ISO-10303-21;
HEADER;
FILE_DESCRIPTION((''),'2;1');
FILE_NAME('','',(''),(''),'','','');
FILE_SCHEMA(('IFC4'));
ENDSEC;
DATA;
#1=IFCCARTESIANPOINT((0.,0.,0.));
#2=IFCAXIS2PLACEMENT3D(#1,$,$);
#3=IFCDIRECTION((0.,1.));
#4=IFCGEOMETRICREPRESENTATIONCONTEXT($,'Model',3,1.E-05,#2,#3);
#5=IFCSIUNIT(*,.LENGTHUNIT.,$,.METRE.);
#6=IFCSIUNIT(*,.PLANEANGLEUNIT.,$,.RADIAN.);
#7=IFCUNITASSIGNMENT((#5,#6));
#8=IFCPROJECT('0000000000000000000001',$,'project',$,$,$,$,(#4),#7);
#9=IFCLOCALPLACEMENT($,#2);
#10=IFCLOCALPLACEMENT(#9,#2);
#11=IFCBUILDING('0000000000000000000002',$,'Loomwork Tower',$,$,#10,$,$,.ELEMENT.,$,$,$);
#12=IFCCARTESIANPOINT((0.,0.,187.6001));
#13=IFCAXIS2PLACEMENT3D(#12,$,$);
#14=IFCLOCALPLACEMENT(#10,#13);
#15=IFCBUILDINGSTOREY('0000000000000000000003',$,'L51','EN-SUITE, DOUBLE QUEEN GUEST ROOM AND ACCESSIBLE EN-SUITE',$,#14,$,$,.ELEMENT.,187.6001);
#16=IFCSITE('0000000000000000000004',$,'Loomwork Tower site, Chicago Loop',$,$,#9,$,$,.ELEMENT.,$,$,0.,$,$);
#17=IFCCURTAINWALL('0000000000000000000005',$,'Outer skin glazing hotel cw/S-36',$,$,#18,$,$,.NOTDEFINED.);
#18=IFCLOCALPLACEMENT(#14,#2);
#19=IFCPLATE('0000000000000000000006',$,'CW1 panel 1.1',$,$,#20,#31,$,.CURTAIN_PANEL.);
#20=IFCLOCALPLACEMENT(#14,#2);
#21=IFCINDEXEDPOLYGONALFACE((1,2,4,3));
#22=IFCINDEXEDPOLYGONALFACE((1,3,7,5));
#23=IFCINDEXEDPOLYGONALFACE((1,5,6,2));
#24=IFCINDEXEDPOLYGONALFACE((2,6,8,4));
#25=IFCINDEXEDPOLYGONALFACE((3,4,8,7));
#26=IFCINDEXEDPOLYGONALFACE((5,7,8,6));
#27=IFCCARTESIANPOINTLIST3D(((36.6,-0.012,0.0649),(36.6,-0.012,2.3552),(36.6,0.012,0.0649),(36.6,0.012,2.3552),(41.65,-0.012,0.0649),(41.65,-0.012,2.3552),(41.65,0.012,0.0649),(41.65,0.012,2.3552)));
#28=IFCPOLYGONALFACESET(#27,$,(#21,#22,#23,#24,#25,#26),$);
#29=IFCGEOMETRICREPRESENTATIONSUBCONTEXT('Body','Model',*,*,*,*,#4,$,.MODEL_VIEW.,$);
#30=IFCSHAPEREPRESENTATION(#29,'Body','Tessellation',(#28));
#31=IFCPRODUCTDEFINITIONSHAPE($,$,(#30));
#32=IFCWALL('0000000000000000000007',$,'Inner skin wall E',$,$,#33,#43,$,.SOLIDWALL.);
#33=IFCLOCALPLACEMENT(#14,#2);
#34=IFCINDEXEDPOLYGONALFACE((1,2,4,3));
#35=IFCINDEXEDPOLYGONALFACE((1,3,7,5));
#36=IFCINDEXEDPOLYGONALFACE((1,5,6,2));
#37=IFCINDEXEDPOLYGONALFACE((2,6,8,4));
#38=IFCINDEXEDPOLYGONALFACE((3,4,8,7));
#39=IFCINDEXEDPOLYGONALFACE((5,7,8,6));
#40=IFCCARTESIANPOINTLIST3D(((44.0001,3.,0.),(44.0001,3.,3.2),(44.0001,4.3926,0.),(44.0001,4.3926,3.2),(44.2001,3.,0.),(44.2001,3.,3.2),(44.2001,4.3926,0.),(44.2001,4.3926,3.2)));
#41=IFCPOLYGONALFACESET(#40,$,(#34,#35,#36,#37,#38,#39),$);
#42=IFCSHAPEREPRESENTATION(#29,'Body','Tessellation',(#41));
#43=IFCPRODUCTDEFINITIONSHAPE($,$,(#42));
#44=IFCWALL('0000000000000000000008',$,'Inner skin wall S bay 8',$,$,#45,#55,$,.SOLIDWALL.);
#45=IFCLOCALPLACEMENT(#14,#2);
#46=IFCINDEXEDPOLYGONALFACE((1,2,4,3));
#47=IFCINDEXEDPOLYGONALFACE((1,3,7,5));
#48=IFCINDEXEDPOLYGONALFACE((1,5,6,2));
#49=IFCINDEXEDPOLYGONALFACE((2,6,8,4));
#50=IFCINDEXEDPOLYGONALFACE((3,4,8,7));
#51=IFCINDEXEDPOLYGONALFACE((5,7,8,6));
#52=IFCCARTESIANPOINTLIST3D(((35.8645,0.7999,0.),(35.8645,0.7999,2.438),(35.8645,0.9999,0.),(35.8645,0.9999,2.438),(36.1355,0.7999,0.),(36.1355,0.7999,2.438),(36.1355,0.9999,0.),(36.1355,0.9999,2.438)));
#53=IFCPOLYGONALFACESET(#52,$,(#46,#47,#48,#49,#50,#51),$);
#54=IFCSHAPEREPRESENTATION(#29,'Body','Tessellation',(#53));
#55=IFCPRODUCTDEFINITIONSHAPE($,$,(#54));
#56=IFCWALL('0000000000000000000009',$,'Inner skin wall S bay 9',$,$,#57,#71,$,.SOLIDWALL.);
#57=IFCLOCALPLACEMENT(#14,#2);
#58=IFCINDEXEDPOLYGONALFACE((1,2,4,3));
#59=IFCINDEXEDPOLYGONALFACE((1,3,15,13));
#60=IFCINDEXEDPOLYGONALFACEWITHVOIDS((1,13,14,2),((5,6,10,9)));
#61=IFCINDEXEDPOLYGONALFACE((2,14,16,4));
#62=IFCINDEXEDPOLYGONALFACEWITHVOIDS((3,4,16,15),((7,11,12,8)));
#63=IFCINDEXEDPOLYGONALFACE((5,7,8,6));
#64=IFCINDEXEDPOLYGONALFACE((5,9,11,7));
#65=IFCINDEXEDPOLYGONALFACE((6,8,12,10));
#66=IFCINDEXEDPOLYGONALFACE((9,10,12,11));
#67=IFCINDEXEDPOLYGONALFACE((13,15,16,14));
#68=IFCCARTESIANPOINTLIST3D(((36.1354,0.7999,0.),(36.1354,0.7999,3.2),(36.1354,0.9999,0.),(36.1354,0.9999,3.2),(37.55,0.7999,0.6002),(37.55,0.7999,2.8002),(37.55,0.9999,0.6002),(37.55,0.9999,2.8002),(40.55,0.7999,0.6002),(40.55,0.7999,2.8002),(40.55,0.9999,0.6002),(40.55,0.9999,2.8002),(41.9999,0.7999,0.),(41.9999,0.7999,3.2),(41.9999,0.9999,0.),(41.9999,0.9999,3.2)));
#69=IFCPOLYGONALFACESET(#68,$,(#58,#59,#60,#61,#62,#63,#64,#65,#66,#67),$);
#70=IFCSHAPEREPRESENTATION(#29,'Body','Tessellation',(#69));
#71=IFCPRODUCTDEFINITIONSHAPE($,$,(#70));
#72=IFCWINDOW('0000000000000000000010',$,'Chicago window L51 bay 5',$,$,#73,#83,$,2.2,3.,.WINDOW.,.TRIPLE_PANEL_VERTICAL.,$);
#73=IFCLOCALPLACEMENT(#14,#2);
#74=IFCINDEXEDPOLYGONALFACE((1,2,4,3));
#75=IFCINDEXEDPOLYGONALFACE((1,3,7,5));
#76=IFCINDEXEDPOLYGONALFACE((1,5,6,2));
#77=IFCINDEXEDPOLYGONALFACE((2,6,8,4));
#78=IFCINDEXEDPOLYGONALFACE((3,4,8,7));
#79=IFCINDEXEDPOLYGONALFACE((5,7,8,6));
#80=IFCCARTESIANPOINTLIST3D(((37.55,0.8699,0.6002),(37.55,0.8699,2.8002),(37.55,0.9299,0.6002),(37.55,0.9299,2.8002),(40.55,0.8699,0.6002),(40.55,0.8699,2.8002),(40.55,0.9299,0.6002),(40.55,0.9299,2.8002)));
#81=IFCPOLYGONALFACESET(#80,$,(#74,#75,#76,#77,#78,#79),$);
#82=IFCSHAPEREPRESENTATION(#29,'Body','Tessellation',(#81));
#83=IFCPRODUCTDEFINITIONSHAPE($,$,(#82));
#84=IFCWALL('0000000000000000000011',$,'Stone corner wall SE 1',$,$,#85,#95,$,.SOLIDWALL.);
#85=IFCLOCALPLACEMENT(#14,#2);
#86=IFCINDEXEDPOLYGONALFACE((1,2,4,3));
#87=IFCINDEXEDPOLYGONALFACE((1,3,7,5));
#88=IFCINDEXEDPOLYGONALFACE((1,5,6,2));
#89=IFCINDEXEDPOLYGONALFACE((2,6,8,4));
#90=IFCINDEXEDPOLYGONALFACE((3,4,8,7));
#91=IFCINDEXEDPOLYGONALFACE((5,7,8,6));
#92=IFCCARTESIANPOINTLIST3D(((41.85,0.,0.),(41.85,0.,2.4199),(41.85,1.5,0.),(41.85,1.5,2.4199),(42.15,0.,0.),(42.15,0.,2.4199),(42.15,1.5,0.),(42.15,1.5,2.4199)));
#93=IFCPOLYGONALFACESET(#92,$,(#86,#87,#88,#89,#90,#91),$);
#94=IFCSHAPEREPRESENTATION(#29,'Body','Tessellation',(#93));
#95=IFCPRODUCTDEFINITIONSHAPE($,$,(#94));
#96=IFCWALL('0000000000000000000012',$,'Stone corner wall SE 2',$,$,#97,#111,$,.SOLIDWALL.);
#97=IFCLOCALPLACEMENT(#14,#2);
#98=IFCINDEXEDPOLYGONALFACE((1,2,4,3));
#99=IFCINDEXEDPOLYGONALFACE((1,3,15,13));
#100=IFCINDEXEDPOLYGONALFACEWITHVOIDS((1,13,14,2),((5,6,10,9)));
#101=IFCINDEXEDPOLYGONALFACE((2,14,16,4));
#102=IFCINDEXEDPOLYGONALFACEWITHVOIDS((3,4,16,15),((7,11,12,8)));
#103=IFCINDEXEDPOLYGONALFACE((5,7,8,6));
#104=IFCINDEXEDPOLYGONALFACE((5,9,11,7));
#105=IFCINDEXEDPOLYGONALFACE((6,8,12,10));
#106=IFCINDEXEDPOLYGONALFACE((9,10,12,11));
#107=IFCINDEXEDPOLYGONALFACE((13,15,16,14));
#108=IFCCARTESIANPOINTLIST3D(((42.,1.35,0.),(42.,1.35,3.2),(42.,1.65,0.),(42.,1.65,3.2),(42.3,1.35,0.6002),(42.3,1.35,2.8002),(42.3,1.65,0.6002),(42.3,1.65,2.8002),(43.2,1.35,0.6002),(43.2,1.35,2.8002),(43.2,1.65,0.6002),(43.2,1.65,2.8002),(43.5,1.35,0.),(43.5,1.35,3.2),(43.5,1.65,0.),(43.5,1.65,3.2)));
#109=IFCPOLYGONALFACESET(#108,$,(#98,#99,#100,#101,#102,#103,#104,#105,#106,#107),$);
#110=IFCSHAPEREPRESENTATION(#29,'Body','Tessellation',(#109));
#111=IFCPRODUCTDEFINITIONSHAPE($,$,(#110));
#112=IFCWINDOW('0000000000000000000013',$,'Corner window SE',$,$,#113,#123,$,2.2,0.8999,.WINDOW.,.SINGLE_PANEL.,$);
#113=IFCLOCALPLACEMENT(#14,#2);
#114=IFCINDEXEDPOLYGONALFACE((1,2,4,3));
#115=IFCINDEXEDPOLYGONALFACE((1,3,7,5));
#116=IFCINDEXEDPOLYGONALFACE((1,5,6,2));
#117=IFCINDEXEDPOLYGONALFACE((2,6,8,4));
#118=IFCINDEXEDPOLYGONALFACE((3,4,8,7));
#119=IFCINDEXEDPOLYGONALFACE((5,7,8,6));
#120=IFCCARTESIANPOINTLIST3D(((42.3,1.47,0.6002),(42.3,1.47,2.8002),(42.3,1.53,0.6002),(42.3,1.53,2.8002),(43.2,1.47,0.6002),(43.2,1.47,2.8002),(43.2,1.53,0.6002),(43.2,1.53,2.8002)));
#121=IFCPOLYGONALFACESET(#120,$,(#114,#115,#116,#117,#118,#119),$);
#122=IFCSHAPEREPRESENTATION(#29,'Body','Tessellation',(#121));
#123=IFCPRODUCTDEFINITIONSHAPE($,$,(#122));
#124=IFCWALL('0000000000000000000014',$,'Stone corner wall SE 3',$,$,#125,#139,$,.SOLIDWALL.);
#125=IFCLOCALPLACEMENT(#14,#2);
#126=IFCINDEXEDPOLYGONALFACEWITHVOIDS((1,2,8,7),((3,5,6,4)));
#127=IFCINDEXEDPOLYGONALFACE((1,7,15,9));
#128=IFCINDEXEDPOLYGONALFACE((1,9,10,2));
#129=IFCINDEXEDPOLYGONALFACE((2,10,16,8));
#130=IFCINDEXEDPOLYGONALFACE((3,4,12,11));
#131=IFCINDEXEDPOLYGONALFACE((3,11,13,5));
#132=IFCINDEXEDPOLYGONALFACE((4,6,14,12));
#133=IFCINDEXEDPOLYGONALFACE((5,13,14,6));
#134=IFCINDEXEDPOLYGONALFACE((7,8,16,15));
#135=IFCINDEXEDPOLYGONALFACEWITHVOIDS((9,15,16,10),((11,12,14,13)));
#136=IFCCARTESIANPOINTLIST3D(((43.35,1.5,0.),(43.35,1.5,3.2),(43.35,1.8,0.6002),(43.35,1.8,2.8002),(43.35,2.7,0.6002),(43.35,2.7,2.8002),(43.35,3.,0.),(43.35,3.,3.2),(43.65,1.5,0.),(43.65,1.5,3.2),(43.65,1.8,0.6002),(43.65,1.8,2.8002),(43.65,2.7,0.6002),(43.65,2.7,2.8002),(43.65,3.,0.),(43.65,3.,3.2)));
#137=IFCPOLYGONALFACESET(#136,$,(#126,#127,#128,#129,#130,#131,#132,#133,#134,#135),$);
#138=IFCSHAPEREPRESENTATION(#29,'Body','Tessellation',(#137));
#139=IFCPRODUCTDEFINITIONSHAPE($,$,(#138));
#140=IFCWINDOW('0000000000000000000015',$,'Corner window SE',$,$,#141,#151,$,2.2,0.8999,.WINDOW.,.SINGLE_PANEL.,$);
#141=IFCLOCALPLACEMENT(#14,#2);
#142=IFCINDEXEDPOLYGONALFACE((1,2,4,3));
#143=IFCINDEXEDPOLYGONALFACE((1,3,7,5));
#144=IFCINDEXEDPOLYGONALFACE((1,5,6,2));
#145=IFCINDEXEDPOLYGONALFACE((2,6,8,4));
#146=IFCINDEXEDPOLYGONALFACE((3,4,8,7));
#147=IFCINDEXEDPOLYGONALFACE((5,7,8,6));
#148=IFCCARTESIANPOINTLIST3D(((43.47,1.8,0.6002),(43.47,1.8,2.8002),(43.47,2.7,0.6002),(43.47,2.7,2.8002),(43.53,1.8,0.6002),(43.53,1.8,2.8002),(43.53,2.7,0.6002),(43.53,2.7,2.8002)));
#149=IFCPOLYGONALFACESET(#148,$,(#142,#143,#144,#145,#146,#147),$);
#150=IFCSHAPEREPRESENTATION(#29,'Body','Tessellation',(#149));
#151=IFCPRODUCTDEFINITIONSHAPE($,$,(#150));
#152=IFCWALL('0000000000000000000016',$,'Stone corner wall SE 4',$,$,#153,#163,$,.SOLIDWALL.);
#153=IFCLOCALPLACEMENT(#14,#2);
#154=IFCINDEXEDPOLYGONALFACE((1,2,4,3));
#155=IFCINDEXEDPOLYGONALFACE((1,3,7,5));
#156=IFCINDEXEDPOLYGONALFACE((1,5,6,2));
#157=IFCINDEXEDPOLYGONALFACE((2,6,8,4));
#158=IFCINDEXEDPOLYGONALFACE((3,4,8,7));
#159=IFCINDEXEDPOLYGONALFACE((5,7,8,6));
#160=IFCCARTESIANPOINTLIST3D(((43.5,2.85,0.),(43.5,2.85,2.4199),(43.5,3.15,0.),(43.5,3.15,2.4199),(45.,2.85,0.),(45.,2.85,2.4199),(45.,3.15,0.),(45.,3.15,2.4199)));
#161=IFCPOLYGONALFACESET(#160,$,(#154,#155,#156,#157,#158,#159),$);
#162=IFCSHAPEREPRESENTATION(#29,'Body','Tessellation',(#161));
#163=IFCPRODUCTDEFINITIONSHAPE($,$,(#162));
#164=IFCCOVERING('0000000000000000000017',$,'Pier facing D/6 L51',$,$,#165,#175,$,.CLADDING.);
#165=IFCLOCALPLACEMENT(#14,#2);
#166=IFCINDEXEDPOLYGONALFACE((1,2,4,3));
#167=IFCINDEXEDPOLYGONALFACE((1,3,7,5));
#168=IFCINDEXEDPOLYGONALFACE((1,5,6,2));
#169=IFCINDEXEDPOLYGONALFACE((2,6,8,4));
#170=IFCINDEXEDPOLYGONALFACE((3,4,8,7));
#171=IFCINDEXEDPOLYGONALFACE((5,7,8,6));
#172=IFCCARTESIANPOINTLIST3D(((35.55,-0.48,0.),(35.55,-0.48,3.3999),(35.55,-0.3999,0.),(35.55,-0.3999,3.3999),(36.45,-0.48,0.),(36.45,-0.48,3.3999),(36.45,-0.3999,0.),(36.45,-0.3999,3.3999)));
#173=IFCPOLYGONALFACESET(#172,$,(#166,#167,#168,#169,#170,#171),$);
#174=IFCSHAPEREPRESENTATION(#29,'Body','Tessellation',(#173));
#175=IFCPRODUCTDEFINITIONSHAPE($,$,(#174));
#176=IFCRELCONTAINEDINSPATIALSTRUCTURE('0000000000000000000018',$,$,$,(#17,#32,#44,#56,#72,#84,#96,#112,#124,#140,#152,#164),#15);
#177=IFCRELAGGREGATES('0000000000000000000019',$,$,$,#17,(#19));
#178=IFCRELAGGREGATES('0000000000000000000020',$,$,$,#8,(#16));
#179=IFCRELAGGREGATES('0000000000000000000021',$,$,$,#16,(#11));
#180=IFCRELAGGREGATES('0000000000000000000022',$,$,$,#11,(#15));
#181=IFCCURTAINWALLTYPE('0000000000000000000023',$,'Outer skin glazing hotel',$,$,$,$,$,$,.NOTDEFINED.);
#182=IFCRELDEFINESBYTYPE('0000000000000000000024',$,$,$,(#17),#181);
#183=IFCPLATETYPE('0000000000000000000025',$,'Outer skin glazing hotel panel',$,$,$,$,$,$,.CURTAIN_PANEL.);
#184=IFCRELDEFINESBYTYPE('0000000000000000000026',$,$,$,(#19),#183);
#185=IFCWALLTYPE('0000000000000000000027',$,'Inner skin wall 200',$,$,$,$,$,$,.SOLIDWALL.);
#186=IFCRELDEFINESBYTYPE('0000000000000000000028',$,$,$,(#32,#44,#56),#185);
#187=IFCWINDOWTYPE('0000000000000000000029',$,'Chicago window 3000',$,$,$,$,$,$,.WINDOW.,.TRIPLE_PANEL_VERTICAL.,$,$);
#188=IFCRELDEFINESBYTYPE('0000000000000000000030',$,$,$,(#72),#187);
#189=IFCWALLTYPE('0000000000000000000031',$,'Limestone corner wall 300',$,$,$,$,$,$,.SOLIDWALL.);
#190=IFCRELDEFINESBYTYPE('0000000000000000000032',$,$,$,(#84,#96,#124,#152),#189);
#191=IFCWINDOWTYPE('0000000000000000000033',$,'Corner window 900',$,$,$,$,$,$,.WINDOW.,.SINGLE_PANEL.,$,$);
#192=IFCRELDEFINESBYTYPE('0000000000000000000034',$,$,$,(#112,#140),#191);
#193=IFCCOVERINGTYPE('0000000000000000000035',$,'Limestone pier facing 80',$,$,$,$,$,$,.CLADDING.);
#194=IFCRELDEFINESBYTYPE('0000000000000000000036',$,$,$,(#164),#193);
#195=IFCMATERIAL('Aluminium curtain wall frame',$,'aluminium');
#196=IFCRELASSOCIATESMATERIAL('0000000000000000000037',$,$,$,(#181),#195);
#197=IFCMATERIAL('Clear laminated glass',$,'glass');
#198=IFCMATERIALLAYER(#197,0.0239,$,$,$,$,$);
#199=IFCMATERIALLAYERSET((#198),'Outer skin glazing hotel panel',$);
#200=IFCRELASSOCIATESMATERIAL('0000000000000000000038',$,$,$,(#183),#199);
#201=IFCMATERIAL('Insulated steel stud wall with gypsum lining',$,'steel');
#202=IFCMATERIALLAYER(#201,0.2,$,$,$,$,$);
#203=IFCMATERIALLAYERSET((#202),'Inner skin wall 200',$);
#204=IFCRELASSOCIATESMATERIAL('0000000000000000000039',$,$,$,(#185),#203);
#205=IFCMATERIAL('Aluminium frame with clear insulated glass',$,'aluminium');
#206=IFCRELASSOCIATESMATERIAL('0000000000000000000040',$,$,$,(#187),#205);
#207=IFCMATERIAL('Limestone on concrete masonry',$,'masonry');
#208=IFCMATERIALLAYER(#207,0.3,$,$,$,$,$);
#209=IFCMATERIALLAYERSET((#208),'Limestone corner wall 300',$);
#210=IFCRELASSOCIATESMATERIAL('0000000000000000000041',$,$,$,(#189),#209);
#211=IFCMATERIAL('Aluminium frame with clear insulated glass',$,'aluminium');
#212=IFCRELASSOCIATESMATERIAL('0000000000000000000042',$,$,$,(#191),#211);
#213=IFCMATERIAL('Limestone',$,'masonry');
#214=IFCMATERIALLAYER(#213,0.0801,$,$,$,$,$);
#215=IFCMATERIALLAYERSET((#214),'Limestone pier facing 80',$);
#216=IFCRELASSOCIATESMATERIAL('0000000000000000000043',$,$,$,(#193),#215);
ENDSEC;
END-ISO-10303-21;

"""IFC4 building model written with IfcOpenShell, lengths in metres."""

from ifc_helpers import new_model, si_unit, direction, frame, frame_2d, origin, origin_2d, place, context, subcontext, project, spatial, rectangle, extrude, material, layer, layer_set, type_object, element, fill, aggregate, save


model = new_model("IFC4")

# Units and contexts
model_context = context("Model", 3, precision=1e-05, world=origin(), true_north=direction((0.0, 1.0)))
body_context = subcontext(model_context, "Body", "Model", "MODEL_VIEW")
ifc_project = project(units=[si_unit("LENGTHUNIT", "METRE"), si_unit("PLANEANGLEUNIT", "RADIAN")], contexts=[model_context])

# Site, building, storey
site_placement = place(None, origin())
site = spatial("IfcSite", under=ifc_project, at=site_placement, Name="Loomwork Tower site, Chicago Loop", CompositionType="ELEMENT", RefElevation=0.0)
building_placement = place(site_placement, origin())
building = spatial("IfcBuilding", under=site, at=building_placement, Name="Loomwork Tower", CompositionType="ELEMENT")
storey_placement = place(building_placement, frame((0.0, 0.0, 187.6001)))
storey = spatial("IfcBuildingStorey", under=building, at=storey_placement, Name="L51", Description="EN-SUITE, DOUBLE QUEEN GUEST ROOM AND ACCESSIBLE EN-SUITE", CompositionType="ELEMENT", Elevation=187.6001)

# Curtain wall
ifc_material_1 = material(Name="Aluminium curtain wall frame", Category="aluminium")
curtain_wall_type = type_object("IfcCurtainWallType", Name="Outer skin glazing hotel", PredefinedType="NOTDEFINED", material=ifc_material_1)
curtain_wall_1_placement = place(storey_placement, origin())
curtain_wall_1 = element("IfcCurtainWall", 1, at=curtain_wall_1_placement, inside=storey, type_object=curtain_wall_type, Name="Outer skin glazing hotel cw/S-36", PredefinedType="NOTDEFINED")

# Plate
ifc_material_2 = material(Name="Clear laminated glass", Category="glass")
ifc_layer_1 = layer(ifc_material_2, 0.0239)
ifc_layer_set_1 = layer_set([ifc_layer_1], Name="Outer skin glazing hotel panel")
plate_type = type_object("IfcPlateType", Name="Outer skin glazing hotel panel", PredefinedType="CURTAIN_PANEL", material=ifc_layer_set_1)
plate_placement = place(storey_placement, frame((39.125, 0.0, 0.0649), z_axis=(0.0, 0.0, 1.0), x_axis=(1.0, 0.0, 0.0)))
plate = element("IfcPlate", 2, at=plate_placement, type_object=plate_type, Name="CW1 panel 1.1", PredefinedType="CURTAIN_PANEL", context=body_context, shape_type="SweptSolid", body=[
    extrude(rectangle(XDim=5.05, YDim=0.0239, at=origin_2d()), origin(), (0.0, 0.0, 1.0), 2.2903),
])
aggregate(curtain_wall_1, [plate])

# Walls
ifc_material_3 = material(Name="Insulated steel stud wall with gypsum lining", Category="steel")
ifc_layer_2 = layer(ifc_material_3, 0.2)
ifc_layer_set_2 = layer_set([ifc_layer_2], Name="Inner skin wall 200")
wall_type_1 = type_object("IfcWallType", Name="Inner skin wall 200", PredefinedType="SOLIDWALL", material=ifc_layer_set_2)
wall_1_placement = place(storey_placement, frame((44.1001, 3.0, 0.0), z_axis=(0.0, 0.0, 1.0), x_axis=(0.0, 1.0, 0.0)))
element("IfcWall", 3, at=wall_1_placement, inside=storey, type_object=wall_type_1, Name="Inner skin wall E", PredefinedType="SOLIDWALL", context=body_context, shape_type="SweptSolid", body=[
    extrude(rectangle(XDim=1.3926, YDim=0.2, at=frame_2d((0.6963, 0.0))), origin(), (0.0, 0.0, 1.0), 3.2),
])
wall_2_placement = place(storey_placement, frame((35.8645, 0.8999, 0.0), z_axis=(0.0, 0.0, 1.0), x_axis=(1.0, 0.0, 0.0)))
element("IfcWall", 4, at=wall_2_placement, inside=storey, type_object=wall_type_1, Name="Inner skin wall S bay 8", PredefinedType="SOLIDWALL", context=body_context, shape_type="SweptSolid", body=[
    extrude(rectangle(XDim=0.271, YDim=0.2, at=frame_2d((0.1355, 0.0))), origin(), (0.0, 0.0, 1.0), 2.438),
])

# Wall, opening, window
wall_3_placement = place(storey_placement, frame((36.1355, 0.8999, 0.0), z_axis=(0.0, 0.0, 1.0), x_axis=(1.0, 0.0, 0.0)))
wall_3 = element("IfcWall", 5, at=wall_3_placement, inside=storey, type_object=wall_type_1, Name="Inner skin wall S bay 9", PredefinedType="SOLIDWALL", context=body_context, shape_type="SweptSolid", body=[
    extrude(rectangle(XDim=5.8645, YDim=0.2, at=frame_2d((2.9321, 0.0))), origin(), (0.0, 0.0, 1.0), 3.2),
])
opening_1_placement = place(wall_3_placement, frame((1.4146, 0.0, 0.6001)))
opening_1 = element("IfcOpeningElement", 6, at=opening_1_placement, cuts=wall_3, PredefinedType="OPENING", context=body_context, shape_type="SweptSolid", body=[
    extrude(rectangle(XDim=3.0, YDim=2.2, at=frame_2d((1.5, 1.1001))), frame((0.0, 0.1099, 0.0), z_axis=(0.0, -1.0, 0.0), x_axis=(1.0, 0.0, 0.0)), (0.0, 0.0, 1.0), 0.22),
])
ifc_material_4 = material(Name="Aluminium frame with clear insulated glass", Category="aluminium")
window_type_1 = type_object("IfcWindowType", Name="Chicago window 3000", PartitioningType="TRIPLE_PANEL_VERTICAL", PredefinedType="WINDOW", material=ifc_material_4)
window_1_placement = place(opening_1_placement, origin())
window_1 = element("IfcWindow", 7, at=window_1_placement, inside=storey, type_object=window_type_1, Name="Chicago window L51 bay 5", OverallHeight=2.2, OverallWidth=3.0, PartitioningType="TRIPLE_PANEL_VERTICAL", PredefinedType="WINDOW", context=body_context, shape_type="SweptSolid", body=[
    extrude(rectangle(XDim=3.0, YDim=2.2, at=frame_2d((1.5, 1.1001))), frame((0.0, 0.03, 0.0), z_axis=(0.0, -1.0, 0.0), x_axis=(1.0, 0.0, 0.0)), (0.0, 0.0, 1.0), 0.0601),
])
fill(opening_1, window_1)

# Wall
ifc_material_5 = material(Name="Limestone on concrete masonry", Category="masonry")
ifc_layer_3 = layer(ifc_material_5, 0.3)
ifc_layer_set_3 = layer_set([ifc_layer_3], Name="Limestone corner wall 300")
wall_type_2 = type_object("IfcWallType", Name="Limestone corner wall 300", PredefinedType="SOLIDWALL", material=ifc_layer_set_3)
wall_4_placement = place(storey_placement, frame((42.0, 0.0, 0.0), z_axis=(0.0, 0.0, 1.0), x_axis=(0.0, 1.0, 0.0)))
element("IfcWall", 8, at=wall_4_placement, inside=storey, type_object=wall_type_2, Name="Stone corner wall SE 1", PredefinedType="SOLIDWALL", context=body_context, shape_type="SweptSolid", body=[
    extrude(rectangle(XDim=1.5, YDim=0.3, at=frame_2d((0.75, 0.0))), origin(), (0.0, 0.0, 1.0), 2.4199),
])

# Walls, openings, windows
wall_5_placement = place(storey_placement, frame((42.0, 1.5, 0.0), z_axis=(0.0, 0.0, 1.0), x_axis=(1.0, 0.0, 0.0)))
wall_5 = element("IfcWall", 9, at=wall_5_placement, inside=storey, type_object=wall_type_2, Name="Stone corner wall SE 2", PredefinedType="SOLIDWALL", context=body_context, shape_type="SweptSolid", body=[
    extrude(rectangle(XDim=1.5, YDim=0.3, at=frame_2d((0.75, 0.0))), origin(), (0.0, 0.0, 1.0), 3.2),
])
opening_2_placement = place(wall_5_placement, frame((0.3, 0.0, 0.6001)))
opening_2 = element("IfcOpeningElement", 10, at=opening_2_placement, cuts=wall_5, PredefinedType="OPENING", context=body_context, shape_type="SweptSolid", body=[
    extrude(rectangle(XDim=0.8999, YDim=2.2, at=frame_2d((0.45, 1.1001))), frame((0.0, 0.1599, 0.0), z_axis=(0.0, -1.0, 0.0), x_axis=(1.0, 0.0, 0.0)), (0.0, 0.0, 1.0), 0.3201),
])
ifc_material_6 = material(Name="Aluminium frame with clear insulated glass", Category="aluminium")
window_type_2 = type_object("IfcWindowType", Name="Corner window 900", PartitioningType="SINGLE_PANEL", PredefinedType="WINDOW", material=ifc_material_6)
window_2_placement = place(opening_2_placement, origin())
window_2 = element("IfcWindow", 11, at=window_2_placement, inside=storey, type_object=window_type_2, Name="Corner window SE", OverallHeight=2.2, OverallWidth=0.8999, PartitioningType="SINGLE_PANEL", PredefinedType="WINDOW", context=body_context, shape_type="SweptSolid", body=[
    extrude(rectangle(XDim=0.8999, YDim=2.2, at=frame_2d((0.45, 1.1001))), frame((0.0, 0.03, 0.0), z_axis=(0.0, -1.0, 0.0), x_axis=(1.0, 0.0, 0.0)), (0.0, 0.0, 1.0), 0.0601),
])
fill(opening_2, window_2)
wall_6_placement = place(storey_placement, frame((43.5, 1.5, 0.0), z_axis=(0.0, 0.0, 1.0), x_axis=(0.0, 1.0, 0.0)))
wall_6 = element("IfcWall", 12, at=wall_6_placement, inside=storey, type_object=wall_type_2, Name="Stone corner wall SE 3", PredefinedType="SOLIDWALL", context=body_context, shape_type="SweptSolid", body=[
    extrude(rectangle(XDim=1.5, YDim=0.3, at=frame_2d((0.75, 0.0))), origin(), (0.0, 0.0, 1.0), 3.2),
])
opening_3_placement = place(wall_6_placement, frame((0.3, 0.0, 0.6001)))
opening_3 = element("IfcOpeningElement", 13, at=opening_3_placement, cuts=wall_6, PredefinedType="OPENING", context=body_context, shape_type="SweptSolid", body=[
    extrude(rectangle(XDim=0.8999, YDim=2.2, at=frame_2d((0.45, 1.1001))), frame((0.0, 0.1599, 0.0), z_axis=(0.0, -1.0, 0.0), x_axis=(1.0, 0.0, 0.0)), (0.0, 0.0, 1.0), 0.3201),
])
window_3_placement = place(opening_3_placement, origin())
window_3 = element("IfcWindow", 14, at=window_3_placement, inside=storey, type_object=window_type_2, Name="Corner window SE", OverallHeight=2.2, OverallWidth=0.8999, PartitioningType="SINGLE_PANEL", PredefinedType="WINDOW", context=body_context, shape_type="SweptSolid", body=[
    extrude(rectangle(XDim=0.8999, YDim=2.2, at=frame_2d((0.45, 1.1001))), frame((0.0, 0.03, 0.0), z_axis=(0.0, -1.0, 0.0), x_axis=(1.0, 0.0, 0.0)), (0.0, 0.0, 1.0), 0.0601),
])
fill(opening_3, window_3)

# Wall
wall_7_placement = place(storey_placement, frame((43.5, 3.0, 0.0), z_axis=(0.0, 0.0, 1.0), x_axis=(1.0, 0.0, 0.0)))
element("IfcWall", 15, at=wall_7_placement, inside=storey, type_object=wall_type_2, Name="Stone corner wall SE 4", PredefinedType="SOLIDWALL", context=body_context, shape_type="SweptSolid", body=[
    extrude(rectangle(XDim=1.5, YDim=0.3, at=frame_2d((0.75, 0.0))), origin(), (0.0, 0.0, 1.0), 2.4199),
])

# Covering
ifc_material_7 = material(Name="Limestone", Category="masonry")
ifc_layer_4 = layer(ifc_material_7, 0.0801)
ifc_layer_set_4 = layer_set([ifc_layer_4], Name="Limestone pier facing 80")
covering_type = type_object("IfcCoveringType", Name="Limestone pier facing 80", PredefinedType="CLADDING", material=ifc_layer_set_4)
for number, where, z_axis, x_axis, name in (
    (16, (36.0, -0.4399, 0.0), (0.0, 0.0, 1.0), (1.0, 0.0, 0.0), "Pier facing D/6 L51"),
):
    element("IfcCovering", number, at=place(storey_placement, frame(where, z_axis=z_axis, x_axis=x_axis)), inside=storey, type_object=covering_type, Name=name, PredefinedType="CLADDING", context=body_context, shape_type="SweptSolid", body=[
        extrude(rectangle(XDim=0.8999, YDim=0.0801, at=origin_2d()), origin(), (0.0, 0.0, 1.0), 3.3999),
    ])

save(model, "model.ifc")
